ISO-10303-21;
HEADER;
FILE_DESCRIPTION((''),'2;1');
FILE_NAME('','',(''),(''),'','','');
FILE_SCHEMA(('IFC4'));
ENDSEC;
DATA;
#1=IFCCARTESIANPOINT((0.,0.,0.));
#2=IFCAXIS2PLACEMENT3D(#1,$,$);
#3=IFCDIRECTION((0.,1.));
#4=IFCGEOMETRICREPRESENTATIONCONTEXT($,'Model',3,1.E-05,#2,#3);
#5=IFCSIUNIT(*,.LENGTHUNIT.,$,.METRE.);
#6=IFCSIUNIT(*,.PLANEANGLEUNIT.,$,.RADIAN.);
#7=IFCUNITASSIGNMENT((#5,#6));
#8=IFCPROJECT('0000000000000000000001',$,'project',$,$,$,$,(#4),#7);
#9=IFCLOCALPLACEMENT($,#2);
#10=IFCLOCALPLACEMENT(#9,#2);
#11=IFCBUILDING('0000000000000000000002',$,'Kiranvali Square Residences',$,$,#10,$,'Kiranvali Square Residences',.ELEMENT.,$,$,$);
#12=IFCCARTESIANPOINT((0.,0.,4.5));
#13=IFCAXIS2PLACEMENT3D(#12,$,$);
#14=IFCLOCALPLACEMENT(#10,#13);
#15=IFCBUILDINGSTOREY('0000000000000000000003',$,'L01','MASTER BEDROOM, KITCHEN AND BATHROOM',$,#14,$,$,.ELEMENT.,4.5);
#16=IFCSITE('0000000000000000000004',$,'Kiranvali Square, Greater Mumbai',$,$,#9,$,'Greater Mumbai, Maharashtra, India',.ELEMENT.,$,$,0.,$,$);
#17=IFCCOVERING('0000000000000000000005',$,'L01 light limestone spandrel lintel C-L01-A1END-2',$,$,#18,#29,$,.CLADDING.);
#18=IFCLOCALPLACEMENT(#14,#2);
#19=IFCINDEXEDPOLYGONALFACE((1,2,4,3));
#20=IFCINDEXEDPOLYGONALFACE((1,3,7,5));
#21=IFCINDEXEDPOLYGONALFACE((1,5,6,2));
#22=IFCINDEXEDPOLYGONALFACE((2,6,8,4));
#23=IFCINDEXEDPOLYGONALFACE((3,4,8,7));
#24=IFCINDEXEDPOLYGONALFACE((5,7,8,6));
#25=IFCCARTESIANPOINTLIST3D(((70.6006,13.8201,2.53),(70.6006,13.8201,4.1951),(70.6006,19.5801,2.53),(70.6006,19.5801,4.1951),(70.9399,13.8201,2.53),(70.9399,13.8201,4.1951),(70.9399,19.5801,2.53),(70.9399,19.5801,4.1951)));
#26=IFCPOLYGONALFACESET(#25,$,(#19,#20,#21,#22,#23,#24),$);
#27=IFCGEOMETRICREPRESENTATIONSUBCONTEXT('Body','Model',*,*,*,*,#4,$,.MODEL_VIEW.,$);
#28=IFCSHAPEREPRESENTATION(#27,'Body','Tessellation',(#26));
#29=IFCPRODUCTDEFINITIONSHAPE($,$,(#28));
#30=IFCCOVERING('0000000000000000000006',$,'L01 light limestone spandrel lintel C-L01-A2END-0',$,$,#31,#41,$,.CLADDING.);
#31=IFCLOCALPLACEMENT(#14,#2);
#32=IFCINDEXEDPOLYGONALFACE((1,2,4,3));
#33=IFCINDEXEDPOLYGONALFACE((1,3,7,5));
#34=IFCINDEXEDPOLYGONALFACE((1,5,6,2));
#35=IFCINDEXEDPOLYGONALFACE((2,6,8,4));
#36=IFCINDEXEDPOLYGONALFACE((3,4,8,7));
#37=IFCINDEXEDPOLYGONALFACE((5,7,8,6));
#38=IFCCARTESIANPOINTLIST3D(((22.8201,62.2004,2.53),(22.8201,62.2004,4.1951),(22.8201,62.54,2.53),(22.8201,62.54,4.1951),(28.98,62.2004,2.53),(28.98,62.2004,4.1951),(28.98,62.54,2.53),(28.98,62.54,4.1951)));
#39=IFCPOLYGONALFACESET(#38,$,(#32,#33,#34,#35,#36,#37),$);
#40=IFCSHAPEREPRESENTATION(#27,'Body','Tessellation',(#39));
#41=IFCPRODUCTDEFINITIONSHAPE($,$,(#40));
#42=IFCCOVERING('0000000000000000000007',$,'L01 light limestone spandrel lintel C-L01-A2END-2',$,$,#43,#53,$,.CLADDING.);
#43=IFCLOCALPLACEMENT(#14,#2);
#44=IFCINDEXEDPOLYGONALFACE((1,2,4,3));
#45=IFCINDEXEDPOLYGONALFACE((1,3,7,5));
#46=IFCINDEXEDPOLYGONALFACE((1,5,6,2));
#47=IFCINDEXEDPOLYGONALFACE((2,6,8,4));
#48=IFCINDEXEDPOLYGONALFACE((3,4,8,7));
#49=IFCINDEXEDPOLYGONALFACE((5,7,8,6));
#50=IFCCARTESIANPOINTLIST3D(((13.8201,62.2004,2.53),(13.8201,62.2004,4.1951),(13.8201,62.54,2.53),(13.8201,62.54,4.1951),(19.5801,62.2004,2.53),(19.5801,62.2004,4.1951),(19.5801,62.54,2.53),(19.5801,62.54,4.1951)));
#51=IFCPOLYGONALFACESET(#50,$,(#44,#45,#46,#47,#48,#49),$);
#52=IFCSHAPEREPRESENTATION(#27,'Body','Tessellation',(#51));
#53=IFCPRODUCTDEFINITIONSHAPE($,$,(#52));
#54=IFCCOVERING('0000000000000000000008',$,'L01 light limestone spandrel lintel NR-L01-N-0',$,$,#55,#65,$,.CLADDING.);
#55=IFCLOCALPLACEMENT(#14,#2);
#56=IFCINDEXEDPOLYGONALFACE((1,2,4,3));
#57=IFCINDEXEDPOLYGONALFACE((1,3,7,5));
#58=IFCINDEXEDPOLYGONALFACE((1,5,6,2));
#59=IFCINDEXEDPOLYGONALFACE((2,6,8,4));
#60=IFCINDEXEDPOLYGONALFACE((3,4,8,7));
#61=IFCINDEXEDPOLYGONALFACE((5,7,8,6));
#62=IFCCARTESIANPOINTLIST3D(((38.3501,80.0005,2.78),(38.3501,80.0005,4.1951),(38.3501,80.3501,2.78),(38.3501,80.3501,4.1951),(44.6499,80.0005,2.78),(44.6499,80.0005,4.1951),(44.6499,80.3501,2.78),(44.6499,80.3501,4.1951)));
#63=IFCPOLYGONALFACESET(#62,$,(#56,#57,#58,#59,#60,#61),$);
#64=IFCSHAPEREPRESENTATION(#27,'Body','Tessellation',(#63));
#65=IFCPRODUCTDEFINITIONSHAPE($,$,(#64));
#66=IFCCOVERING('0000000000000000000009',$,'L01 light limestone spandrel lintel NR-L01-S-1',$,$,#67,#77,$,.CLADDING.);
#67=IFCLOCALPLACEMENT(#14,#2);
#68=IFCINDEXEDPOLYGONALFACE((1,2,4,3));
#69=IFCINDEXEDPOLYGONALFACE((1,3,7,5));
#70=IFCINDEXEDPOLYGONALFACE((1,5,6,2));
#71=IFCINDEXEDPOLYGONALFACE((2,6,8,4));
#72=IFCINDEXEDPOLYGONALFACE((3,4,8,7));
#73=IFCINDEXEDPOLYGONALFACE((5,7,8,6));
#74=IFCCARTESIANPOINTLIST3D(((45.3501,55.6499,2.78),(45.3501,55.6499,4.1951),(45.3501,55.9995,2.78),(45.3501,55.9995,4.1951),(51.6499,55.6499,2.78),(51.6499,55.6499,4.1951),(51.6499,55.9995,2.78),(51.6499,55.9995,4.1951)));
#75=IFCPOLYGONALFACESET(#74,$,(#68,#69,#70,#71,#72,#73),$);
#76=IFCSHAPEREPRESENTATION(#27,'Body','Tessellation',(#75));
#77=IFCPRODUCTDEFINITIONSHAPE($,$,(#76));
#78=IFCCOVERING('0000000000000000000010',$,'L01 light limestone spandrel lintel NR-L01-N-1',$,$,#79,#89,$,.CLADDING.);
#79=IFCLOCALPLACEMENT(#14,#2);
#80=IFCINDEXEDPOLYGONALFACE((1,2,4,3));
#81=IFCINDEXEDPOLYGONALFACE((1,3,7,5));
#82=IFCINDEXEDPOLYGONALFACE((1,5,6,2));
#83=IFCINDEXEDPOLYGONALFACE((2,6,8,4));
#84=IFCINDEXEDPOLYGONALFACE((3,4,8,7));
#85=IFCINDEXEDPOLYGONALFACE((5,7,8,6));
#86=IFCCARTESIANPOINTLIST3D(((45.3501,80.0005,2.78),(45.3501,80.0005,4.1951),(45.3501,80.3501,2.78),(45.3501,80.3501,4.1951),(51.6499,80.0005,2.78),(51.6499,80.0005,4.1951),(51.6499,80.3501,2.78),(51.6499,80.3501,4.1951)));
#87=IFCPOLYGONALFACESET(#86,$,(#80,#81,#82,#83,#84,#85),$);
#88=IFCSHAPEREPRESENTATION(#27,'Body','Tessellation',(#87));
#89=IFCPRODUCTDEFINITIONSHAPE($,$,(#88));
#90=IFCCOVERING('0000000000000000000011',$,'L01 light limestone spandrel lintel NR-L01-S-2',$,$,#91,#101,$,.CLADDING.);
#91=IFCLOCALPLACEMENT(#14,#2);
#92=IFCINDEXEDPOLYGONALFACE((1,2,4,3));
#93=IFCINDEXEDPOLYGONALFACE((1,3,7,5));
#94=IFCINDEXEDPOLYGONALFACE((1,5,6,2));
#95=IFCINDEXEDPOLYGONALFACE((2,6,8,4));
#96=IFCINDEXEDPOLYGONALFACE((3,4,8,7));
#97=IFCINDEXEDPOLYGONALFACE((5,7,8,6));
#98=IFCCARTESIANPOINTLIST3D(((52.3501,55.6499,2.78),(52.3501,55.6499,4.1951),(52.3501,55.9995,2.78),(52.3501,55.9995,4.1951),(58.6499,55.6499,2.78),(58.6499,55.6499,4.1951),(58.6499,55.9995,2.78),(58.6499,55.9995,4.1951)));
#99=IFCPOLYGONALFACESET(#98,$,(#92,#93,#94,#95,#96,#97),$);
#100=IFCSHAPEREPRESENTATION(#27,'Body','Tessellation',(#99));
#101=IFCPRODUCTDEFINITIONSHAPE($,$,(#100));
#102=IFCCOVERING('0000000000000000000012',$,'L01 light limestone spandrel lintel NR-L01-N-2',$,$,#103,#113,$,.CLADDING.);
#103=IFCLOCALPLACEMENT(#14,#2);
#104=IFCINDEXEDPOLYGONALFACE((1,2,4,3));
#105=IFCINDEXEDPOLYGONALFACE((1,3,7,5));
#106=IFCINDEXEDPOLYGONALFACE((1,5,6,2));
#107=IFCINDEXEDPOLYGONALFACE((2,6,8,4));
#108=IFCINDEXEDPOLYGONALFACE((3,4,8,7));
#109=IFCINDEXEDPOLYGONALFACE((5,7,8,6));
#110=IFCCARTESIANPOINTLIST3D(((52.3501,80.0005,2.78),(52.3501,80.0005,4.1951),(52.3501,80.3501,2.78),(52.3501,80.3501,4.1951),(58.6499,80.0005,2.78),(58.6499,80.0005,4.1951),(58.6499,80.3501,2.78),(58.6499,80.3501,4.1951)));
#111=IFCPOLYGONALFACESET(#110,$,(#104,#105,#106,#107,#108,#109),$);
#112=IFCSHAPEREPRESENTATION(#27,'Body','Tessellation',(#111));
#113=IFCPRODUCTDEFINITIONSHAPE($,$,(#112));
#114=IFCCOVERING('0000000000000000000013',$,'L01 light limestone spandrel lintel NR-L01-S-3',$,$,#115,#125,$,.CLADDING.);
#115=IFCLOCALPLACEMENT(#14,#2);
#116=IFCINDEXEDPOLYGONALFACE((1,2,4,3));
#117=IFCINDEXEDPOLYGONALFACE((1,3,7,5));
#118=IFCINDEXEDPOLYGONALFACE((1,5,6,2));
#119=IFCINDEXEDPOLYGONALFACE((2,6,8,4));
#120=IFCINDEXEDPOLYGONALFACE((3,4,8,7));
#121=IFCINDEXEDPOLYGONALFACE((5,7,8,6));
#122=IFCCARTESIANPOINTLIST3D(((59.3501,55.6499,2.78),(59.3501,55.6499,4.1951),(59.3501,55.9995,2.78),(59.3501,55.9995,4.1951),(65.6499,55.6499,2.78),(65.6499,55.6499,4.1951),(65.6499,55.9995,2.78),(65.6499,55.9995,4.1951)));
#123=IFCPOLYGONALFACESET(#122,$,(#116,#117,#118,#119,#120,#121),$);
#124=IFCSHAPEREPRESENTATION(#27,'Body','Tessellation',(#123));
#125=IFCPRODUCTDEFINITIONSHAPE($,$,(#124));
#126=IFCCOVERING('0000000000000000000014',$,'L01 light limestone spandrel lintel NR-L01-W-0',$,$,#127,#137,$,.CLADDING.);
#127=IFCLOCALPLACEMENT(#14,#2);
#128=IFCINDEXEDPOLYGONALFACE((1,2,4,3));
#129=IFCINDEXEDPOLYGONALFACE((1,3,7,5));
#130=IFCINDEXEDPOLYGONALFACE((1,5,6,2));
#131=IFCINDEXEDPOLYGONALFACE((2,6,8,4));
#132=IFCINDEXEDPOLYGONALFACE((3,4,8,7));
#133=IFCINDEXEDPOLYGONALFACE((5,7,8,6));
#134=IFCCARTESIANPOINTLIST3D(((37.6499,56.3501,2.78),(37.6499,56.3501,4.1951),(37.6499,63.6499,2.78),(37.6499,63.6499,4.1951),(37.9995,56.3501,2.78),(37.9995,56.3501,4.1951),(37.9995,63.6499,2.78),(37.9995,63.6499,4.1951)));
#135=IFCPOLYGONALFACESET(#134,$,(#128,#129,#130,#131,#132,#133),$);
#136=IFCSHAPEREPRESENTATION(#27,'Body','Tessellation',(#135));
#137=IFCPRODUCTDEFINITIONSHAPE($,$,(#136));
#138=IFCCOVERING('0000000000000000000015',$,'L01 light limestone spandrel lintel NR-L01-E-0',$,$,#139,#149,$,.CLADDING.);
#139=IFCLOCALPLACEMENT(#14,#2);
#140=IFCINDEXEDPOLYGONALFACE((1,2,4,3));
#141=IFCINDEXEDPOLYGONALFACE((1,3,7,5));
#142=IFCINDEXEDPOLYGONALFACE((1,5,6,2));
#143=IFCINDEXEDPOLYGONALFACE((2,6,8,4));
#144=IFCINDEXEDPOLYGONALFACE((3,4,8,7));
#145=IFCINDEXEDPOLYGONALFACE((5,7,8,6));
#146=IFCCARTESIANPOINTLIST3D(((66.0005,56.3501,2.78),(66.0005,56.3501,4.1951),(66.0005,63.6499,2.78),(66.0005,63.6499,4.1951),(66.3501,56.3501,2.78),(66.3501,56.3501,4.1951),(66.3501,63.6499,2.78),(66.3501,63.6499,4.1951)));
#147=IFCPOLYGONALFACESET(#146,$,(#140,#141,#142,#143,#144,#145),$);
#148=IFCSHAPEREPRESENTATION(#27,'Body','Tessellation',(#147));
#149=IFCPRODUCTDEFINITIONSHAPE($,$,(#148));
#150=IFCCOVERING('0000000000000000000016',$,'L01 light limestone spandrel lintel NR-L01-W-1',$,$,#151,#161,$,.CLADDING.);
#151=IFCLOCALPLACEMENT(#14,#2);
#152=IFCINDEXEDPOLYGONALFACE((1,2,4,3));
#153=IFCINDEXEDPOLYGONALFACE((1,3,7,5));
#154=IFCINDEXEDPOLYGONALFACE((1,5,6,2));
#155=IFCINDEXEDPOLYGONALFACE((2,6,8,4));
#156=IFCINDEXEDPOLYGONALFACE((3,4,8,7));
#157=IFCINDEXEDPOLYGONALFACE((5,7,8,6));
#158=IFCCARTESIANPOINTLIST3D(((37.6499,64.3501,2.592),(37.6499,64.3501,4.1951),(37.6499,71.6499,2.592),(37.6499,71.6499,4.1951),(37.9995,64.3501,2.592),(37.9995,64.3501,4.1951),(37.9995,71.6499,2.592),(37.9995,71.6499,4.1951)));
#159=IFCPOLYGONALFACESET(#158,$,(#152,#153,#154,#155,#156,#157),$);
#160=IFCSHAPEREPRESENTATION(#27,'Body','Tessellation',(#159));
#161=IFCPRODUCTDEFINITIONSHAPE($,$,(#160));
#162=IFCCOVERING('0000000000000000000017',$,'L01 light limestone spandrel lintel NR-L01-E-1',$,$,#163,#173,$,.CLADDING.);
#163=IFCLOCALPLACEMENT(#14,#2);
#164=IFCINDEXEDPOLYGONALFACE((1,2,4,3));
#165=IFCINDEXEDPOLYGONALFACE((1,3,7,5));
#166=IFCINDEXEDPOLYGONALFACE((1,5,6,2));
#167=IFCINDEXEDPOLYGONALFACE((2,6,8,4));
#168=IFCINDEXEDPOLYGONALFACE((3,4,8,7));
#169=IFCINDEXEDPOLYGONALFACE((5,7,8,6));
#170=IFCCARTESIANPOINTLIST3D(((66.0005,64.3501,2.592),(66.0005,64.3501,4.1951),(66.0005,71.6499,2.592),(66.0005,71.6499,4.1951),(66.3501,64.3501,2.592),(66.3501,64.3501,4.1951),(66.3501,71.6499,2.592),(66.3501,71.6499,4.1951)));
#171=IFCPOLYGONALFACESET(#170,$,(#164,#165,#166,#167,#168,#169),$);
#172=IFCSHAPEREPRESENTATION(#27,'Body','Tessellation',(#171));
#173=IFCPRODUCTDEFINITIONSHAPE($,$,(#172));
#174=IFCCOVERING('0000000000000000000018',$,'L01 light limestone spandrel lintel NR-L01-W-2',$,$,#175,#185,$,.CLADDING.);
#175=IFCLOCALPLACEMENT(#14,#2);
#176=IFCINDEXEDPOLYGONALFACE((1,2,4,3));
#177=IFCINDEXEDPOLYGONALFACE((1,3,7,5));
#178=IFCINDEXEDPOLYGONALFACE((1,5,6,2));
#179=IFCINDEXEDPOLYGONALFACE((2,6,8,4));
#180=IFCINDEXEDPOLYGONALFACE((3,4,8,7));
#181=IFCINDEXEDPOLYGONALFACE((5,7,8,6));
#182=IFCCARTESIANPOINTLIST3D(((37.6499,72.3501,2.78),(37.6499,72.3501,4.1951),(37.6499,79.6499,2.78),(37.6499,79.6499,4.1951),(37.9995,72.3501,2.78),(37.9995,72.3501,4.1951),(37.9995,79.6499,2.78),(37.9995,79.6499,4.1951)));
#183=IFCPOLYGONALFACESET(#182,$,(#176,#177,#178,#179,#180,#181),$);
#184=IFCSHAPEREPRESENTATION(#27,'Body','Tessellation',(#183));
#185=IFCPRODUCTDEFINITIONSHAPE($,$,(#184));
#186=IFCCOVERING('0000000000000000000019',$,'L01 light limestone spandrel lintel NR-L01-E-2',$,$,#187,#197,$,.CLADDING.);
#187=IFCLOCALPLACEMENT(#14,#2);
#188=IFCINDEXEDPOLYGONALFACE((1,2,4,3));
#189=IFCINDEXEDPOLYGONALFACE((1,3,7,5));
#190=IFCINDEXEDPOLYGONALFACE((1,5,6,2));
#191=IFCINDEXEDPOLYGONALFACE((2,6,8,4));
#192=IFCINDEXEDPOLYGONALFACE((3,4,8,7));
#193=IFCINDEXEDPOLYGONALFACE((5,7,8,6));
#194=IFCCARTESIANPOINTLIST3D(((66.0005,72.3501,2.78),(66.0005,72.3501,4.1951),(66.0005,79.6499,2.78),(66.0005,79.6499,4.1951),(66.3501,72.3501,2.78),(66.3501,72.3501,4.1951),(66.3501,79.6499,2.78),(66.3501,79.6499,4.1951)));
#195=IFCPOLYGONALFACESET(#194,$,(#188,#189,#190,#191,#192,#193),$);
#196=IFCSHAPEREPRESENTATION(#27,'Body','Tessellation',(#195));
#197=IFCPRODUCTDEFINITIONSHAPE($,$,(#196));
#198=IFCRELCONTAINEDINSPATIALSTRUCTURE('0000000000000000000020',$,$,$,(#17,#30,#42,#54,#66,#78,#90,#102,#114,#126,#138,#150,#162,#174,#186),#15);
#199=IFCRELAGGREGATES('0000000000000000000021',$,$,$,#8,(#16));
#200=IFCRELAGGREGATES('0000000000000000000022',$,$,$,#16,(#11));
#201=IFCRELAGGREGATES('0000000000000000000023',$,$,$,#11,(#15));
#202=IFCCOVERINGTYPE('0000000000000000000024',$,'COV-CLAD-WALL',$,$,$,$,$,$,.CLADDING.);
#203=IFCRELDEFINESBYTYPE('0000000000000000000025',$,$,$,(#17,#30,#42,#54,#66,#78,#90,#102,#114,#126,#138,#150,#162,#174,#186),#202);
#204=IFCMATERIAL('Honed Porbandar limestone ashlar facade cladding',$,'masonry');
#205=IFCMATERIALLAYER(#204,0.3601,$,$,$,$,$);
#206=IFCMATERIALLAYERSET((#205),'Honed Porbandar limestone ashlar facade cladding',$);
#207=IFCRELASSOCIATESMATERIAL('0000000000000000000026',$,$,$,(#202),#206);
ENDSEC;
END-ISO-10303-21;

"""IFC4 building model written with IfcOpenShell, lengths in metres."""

from ifc_helpers import new_model, si_unit, direction, frame, origin, place, context, subcontext, project, spatial, polyline, outline, extrude, material, layer, layer_set, type_object, element, save


model = new_model("IFC4")

# Units and contexts
model_context = context("Model", 3, precision=1e-05, world=origin(), true_north=direction((0.0, 1.0)))
body_context = subcontext(model_context, "Body", "Model", "MODEL_VIEW")
ifc_project = project(units=[si_unit("LENGTHUNIT", "METRE"), si_unit("PLANEANGLEUNIT", "RADIAN")], contexts=[model_context])

# Site, building, storey
site_placement = place(None, origin())
site = spatial("IfcSite", under=ifc_project, at=site_placement, Name="Kiranvali Square, Greater Mumbai", LongName="Greater Mumbai, Maharashtra, India", CompositionType="ELEMENT", RefElevation=0.0)
building_placement = place(site_placement, origin())
building = spatial("IfcBuilding", under=site, at=building_placement, Name="Kiranvali Square Residences", LongName="Kiranvali Square Residences", CompositionType="ELEMENT")
storey_placement = place(building_placement, frame((0.0, 0.0, 4.5)))
storey = spatial("IfcBuildingStorey", under=building, at=storey_placement, Name="L01", Description="MASTER BEDROOM, KITCHEN AND BATHROOM", CompositionType="ELEMENT", Elevation=4.5)

# Coverings
ifc_material_1 = material(Name="Honed Porbandar limestone ashlar facade cladding", Category="masonry")
ifc_layer_1 = layer(ifc_material_1, 0.3601)
ifc_layer_set_1 = layer_set([ifc_layer_1], Name="Honed Porbandar limestone ashlar facade cladding")
covering_type_1 = type_object("IfcCoveringType", Name="COV-CLAD-WALL", PredefinedType="CLADDING", material=ifc_layer_set_1)
covering_1_placement = place(storey_placement, frame((0.0, 0.0, 2.53)))
element("IfcCovering", 1, at=covering_1_placement, inside=storey, type_object=covering_type_1, Name="L01 light limestone spandrel lintel C-L01-A1END-2", PredefinedType="CLADDING", context=body_context, shape_type="SweptSolid", body=[
    extrude(outline(polyline([(70.6006, 19.5801), (70.6006, 13.8201), (70.9399, 13.8201), (70.9399, 19.5801), (70.6006, 19.5801)])), origin(), (0.0, 0.0, 1.0), 1.665),
])
covering_2_placement = place(storey_placement, frame((0.0, 0.0, 2.53)))
element("IfcCovering", 2, at=covering_2_placement, inside=storey, type_object=covering_type_1, Name="L01 light limestone spandrel lintel C-L01-A2END-0", PredefinedType="CLADDING", context=body_context, shape_type="SweptSolid", body=[
    extrude(outline(polyline([(28.98, 62.54), (22.8201, 62.54), (22.8201, 62.2004), (28.98, 62.2004), (28.98, 62.54)])), origin(), (0.0, 0.0, 1.0), 1.665),
])
covering_3_placement = place(storey_placement, frame((0.0, 0.0, 2.53)))
element("IfcCovering", 3, at=covering_3_placement, inside=storey, type_object=covering_type_1, Name="L01 light limestone spandrel lintel C-L01-A2END-2", PredefinedType="CLADDING", context=body_context, shape_type="SweptSolid", body=[
    extrude(outline(polyline([(19.5801, 62.54), (13.8201, 62.54), (13.8201, 62.2004), (19.5801, 62.2004), (19.5801, 62.54)])), origin(), (0.0, 0.0, 1.0), 1.665),
])
covering_4_placement = place(storey_placement, frame((0.0, 0.0, 2.78)))
element("IfcCovering", 4, at=covering_4_placement, inside=storey, type_object=covering_type_1, Name="L01 light limestone spandrel lintel NR-L01-N-0", PredefinedType="CLADDING", context=body_context, shape_type="SweptSolid", body=[
    extrude(outline(polyline([(38.3501, 80.0005), (44.6499, 80.0005), (44.6499, 80.3501), (38.3501, 80.3501), (38.3501, 80.0005)])), origin(), (0.0, 0.0, 1.0), 1.415),
])
covering_5_placement = place(storey_placement, frame((0.0, 0.0, 2.78)))
element("IfcCovering", 5, at=covering_5_placement, inside=storey, type_object=covering_type_1, Name="L01 light limestone spandrel lintel NR-L01-S-1", PredefinedType="CLADDING", context=body_context, shape_type="SweptSolid", body=[
    extrude(outline(polyline([(45.3501, 55.6499), (51.6499, 55.6499), (51.6499, 55.9995), (45.3501, 55.9995), (45.3501, 55.6499)])), origin(), (0.0, 0.0, 1.0), 1.415),
])
covering_6_placement = place(storey_placement, frame((0.0, 0.0, 2.78)))
element("IfcCovering", 6, at=covering_6_placement, inside=storey, type_object=covering_type_1, Name="L01 light limestone spandrel lintel NR-L01-N-1", PredefinedType="CLADDING", context=body_context, shape_type="SweptSolid", body=[
    extrude(outline(polyline([(45.3501, 80.0005), (51.6499, 80.0005), (51.6499, 80.3501), (45.3501, 80.3501), (45.3501, 80.0005)])), origin(), (0.0, 0.0, 1.0), 1.415),
])
covering_7_placement = place(storey_placement, frame((0.0, 0.0, 2.78)))
element("IfcCovering", 7, at=covering_7_placement, inside=storey, type_object=covering_type_1, Name="L01 light limestone spandrel lintel NR-L01-S-2", PredefinedType="CLADDING", context=body_context, shape_type="SweptSolid", body=[
    extrude(outline(polyline([(52.3501, 55.6499), (58.6499, 55.6499), (58.6499, 55.9995), (52.3501, 55.9995), (52.3501, 55.6499)])), origin(), (0.0, 0.0, 1.0), 1.415),
])
covering_8_placement = place(storey_placement, frame((0.0, 0.0, 2.78)))
element("IfcCovering", 8, at=covering_8_placement, inside=storey, type_object=covering_type_1, Name="L01 light limestone spandrel lintel NR-L01-N-2", PredefinedType="CLADDING", context=body_context, shape_type="SweptSolid", body=[
    extrude(outline(polyline([(52.3501, 80.0005), (58.6499, 80.0005), (58.6499, 80.3501), (52.3501, 80.3501), (52.3501, 80.0005)])), origin(), (0.0, 0.0, 1.0), 1.415),
])
covering_9_placement = place(storey_placement, frame((0.0, 0.0, 2.78)))
element("IfcCovering", 9, at=covering_9_placement, inside=storey, type_object=covering_type_1, Name="L01 light limestone spandrel lintel NR-L01-S-3", PredefinedType="CLADDING", context=body_context, shape_type="SweptSolid", body=[
    extrude(outline(polyline([(59.3501, 55.6499), (65.6499, 55.6499), (65.6499, 55.9995), (59.3501, 55.9995), (59.3501, 55.6499)])), origin(), (0.0, 0.0, 1.0), 1.415),
])
covering_10_placement = place(storey_placement, frame((0.0, 0.0, 2.78)))
element("IfcCovering", 10, at=covering_10_placement, inside=storey, type_object=covering_type_1, Name="L01 light limestone spandrel lintel NR-L01-W-0", PredefinedType="CLADDING", context=body_context, shape_type="SweptSolid", body=[
    extrude(outline(polyline([(37.9995, 56.3501), (37.9995, 63.6499), (37.6499, 63.6499), (37.6499, 56.3501), (37.9995, 56.3501)])), origin(), (0.0, 0.0, 1.0), 1.415),
])
covering_11_placement = place(storey_placement, frame((0.0, 0.0, 2.78)))
element("IfcCovering", 11, at=covering_11_placement, inside=storey, type_object=covering_type_1, Name="L01 light limestone spandrel lintel NR-L01-E-0", PredefinedType="CLADDING", context=body_context, shape_type="SweptSolid", body=[
    extrude(outline(polyline([(66.3501, 56.3501), (66.3501, 63.6499), (66.0005, 63.6499), (66.0005, 56.3501), (66.3501, 56.3501)])), origin(), (0.0, 0.0, 1.0), 1.415),
])
covering_12_placement = place(storey_placement, frame((0.0, 0.0, 2.592)))
element("IfcCovering", 12, at=covering_12_placement, inside=storey, type_object=covering_type_1, Name="L01 light limestone spandrel lintel NR-L01-W-1", PredefinedType="CLADDING", context=body_context, shape_type="SweptSolid", body=[
    extrude(outline(polyline([(37.9995, 64.3501), (37.9995, 71.6499), (37.6499, 71.6499), (37.6499, 64.3501), (37.9995, 64.3501)])), origin(), (0.0, 0.0, 1.0), 1.603),
])
covering_13_placement = place(storey_placement, frame((0.0, 0.0, 2.592)))
element("IfcCovering", 13, at=covering_13_placement, inside=storey, type_object=covering_type_1, Name="L01 light limestone spandrel lintel NR-L01-E-1", PredefinedType="CLADDING", context=body_context, shape_type="SweptSolid", body=[
    extrude(outline(polyline([(66.3501, 64.3501), (66.3501, 71.6499), (66.0005, 71.6499), (66.0005, 64.3501), (66.3501, 64.3501)])), origin(), (0.0, 0.0, 1.0), 1.603),
])
covering_14_placement = place(storey_placement, frame((0.0, 0.0, 2.78)))
element("IfcCovering", 14, at=covering_14_placement, inside=storey, type_object=covering_type_1, Name="L01 light limestone spandrel lintel NR-L01-W-2", PredefinedType="CLADDING", context=body_context, shape_type="SweptSolid", body=[
    extrude(outline(polyline([(37.9995, 72.3501), (37.9995, 79.6499), (37.6499, 79.6499), (37.6499, 72.3501), (37.9995, 72.3501)])), origin(), (0.0, 0.0, 1.0), 1.415),
])
covering_15_placement = place(storey_placement, frame((0.0, 0.0, 2.78)))
element("IfcCovering", 15, at=covering_15_placement, inside=storey, type_object=covering_type_1, Name="L01 light limestone spandrel lintel NR-L01-E-2", PredefinedType="CLADDING", context=body_context, shape_type="SweptSolid", body=[
    extrude(outline(polyline([(66.3501, 72.3501), (66.3501, 79.6499), (66.0005, 79.6499), (66.0005, 72.3501), (66.3501, 72.3501)])), origin(), (0.0, 0.0, 1.0), 1.415),
])

save(model, "model.ifc")
